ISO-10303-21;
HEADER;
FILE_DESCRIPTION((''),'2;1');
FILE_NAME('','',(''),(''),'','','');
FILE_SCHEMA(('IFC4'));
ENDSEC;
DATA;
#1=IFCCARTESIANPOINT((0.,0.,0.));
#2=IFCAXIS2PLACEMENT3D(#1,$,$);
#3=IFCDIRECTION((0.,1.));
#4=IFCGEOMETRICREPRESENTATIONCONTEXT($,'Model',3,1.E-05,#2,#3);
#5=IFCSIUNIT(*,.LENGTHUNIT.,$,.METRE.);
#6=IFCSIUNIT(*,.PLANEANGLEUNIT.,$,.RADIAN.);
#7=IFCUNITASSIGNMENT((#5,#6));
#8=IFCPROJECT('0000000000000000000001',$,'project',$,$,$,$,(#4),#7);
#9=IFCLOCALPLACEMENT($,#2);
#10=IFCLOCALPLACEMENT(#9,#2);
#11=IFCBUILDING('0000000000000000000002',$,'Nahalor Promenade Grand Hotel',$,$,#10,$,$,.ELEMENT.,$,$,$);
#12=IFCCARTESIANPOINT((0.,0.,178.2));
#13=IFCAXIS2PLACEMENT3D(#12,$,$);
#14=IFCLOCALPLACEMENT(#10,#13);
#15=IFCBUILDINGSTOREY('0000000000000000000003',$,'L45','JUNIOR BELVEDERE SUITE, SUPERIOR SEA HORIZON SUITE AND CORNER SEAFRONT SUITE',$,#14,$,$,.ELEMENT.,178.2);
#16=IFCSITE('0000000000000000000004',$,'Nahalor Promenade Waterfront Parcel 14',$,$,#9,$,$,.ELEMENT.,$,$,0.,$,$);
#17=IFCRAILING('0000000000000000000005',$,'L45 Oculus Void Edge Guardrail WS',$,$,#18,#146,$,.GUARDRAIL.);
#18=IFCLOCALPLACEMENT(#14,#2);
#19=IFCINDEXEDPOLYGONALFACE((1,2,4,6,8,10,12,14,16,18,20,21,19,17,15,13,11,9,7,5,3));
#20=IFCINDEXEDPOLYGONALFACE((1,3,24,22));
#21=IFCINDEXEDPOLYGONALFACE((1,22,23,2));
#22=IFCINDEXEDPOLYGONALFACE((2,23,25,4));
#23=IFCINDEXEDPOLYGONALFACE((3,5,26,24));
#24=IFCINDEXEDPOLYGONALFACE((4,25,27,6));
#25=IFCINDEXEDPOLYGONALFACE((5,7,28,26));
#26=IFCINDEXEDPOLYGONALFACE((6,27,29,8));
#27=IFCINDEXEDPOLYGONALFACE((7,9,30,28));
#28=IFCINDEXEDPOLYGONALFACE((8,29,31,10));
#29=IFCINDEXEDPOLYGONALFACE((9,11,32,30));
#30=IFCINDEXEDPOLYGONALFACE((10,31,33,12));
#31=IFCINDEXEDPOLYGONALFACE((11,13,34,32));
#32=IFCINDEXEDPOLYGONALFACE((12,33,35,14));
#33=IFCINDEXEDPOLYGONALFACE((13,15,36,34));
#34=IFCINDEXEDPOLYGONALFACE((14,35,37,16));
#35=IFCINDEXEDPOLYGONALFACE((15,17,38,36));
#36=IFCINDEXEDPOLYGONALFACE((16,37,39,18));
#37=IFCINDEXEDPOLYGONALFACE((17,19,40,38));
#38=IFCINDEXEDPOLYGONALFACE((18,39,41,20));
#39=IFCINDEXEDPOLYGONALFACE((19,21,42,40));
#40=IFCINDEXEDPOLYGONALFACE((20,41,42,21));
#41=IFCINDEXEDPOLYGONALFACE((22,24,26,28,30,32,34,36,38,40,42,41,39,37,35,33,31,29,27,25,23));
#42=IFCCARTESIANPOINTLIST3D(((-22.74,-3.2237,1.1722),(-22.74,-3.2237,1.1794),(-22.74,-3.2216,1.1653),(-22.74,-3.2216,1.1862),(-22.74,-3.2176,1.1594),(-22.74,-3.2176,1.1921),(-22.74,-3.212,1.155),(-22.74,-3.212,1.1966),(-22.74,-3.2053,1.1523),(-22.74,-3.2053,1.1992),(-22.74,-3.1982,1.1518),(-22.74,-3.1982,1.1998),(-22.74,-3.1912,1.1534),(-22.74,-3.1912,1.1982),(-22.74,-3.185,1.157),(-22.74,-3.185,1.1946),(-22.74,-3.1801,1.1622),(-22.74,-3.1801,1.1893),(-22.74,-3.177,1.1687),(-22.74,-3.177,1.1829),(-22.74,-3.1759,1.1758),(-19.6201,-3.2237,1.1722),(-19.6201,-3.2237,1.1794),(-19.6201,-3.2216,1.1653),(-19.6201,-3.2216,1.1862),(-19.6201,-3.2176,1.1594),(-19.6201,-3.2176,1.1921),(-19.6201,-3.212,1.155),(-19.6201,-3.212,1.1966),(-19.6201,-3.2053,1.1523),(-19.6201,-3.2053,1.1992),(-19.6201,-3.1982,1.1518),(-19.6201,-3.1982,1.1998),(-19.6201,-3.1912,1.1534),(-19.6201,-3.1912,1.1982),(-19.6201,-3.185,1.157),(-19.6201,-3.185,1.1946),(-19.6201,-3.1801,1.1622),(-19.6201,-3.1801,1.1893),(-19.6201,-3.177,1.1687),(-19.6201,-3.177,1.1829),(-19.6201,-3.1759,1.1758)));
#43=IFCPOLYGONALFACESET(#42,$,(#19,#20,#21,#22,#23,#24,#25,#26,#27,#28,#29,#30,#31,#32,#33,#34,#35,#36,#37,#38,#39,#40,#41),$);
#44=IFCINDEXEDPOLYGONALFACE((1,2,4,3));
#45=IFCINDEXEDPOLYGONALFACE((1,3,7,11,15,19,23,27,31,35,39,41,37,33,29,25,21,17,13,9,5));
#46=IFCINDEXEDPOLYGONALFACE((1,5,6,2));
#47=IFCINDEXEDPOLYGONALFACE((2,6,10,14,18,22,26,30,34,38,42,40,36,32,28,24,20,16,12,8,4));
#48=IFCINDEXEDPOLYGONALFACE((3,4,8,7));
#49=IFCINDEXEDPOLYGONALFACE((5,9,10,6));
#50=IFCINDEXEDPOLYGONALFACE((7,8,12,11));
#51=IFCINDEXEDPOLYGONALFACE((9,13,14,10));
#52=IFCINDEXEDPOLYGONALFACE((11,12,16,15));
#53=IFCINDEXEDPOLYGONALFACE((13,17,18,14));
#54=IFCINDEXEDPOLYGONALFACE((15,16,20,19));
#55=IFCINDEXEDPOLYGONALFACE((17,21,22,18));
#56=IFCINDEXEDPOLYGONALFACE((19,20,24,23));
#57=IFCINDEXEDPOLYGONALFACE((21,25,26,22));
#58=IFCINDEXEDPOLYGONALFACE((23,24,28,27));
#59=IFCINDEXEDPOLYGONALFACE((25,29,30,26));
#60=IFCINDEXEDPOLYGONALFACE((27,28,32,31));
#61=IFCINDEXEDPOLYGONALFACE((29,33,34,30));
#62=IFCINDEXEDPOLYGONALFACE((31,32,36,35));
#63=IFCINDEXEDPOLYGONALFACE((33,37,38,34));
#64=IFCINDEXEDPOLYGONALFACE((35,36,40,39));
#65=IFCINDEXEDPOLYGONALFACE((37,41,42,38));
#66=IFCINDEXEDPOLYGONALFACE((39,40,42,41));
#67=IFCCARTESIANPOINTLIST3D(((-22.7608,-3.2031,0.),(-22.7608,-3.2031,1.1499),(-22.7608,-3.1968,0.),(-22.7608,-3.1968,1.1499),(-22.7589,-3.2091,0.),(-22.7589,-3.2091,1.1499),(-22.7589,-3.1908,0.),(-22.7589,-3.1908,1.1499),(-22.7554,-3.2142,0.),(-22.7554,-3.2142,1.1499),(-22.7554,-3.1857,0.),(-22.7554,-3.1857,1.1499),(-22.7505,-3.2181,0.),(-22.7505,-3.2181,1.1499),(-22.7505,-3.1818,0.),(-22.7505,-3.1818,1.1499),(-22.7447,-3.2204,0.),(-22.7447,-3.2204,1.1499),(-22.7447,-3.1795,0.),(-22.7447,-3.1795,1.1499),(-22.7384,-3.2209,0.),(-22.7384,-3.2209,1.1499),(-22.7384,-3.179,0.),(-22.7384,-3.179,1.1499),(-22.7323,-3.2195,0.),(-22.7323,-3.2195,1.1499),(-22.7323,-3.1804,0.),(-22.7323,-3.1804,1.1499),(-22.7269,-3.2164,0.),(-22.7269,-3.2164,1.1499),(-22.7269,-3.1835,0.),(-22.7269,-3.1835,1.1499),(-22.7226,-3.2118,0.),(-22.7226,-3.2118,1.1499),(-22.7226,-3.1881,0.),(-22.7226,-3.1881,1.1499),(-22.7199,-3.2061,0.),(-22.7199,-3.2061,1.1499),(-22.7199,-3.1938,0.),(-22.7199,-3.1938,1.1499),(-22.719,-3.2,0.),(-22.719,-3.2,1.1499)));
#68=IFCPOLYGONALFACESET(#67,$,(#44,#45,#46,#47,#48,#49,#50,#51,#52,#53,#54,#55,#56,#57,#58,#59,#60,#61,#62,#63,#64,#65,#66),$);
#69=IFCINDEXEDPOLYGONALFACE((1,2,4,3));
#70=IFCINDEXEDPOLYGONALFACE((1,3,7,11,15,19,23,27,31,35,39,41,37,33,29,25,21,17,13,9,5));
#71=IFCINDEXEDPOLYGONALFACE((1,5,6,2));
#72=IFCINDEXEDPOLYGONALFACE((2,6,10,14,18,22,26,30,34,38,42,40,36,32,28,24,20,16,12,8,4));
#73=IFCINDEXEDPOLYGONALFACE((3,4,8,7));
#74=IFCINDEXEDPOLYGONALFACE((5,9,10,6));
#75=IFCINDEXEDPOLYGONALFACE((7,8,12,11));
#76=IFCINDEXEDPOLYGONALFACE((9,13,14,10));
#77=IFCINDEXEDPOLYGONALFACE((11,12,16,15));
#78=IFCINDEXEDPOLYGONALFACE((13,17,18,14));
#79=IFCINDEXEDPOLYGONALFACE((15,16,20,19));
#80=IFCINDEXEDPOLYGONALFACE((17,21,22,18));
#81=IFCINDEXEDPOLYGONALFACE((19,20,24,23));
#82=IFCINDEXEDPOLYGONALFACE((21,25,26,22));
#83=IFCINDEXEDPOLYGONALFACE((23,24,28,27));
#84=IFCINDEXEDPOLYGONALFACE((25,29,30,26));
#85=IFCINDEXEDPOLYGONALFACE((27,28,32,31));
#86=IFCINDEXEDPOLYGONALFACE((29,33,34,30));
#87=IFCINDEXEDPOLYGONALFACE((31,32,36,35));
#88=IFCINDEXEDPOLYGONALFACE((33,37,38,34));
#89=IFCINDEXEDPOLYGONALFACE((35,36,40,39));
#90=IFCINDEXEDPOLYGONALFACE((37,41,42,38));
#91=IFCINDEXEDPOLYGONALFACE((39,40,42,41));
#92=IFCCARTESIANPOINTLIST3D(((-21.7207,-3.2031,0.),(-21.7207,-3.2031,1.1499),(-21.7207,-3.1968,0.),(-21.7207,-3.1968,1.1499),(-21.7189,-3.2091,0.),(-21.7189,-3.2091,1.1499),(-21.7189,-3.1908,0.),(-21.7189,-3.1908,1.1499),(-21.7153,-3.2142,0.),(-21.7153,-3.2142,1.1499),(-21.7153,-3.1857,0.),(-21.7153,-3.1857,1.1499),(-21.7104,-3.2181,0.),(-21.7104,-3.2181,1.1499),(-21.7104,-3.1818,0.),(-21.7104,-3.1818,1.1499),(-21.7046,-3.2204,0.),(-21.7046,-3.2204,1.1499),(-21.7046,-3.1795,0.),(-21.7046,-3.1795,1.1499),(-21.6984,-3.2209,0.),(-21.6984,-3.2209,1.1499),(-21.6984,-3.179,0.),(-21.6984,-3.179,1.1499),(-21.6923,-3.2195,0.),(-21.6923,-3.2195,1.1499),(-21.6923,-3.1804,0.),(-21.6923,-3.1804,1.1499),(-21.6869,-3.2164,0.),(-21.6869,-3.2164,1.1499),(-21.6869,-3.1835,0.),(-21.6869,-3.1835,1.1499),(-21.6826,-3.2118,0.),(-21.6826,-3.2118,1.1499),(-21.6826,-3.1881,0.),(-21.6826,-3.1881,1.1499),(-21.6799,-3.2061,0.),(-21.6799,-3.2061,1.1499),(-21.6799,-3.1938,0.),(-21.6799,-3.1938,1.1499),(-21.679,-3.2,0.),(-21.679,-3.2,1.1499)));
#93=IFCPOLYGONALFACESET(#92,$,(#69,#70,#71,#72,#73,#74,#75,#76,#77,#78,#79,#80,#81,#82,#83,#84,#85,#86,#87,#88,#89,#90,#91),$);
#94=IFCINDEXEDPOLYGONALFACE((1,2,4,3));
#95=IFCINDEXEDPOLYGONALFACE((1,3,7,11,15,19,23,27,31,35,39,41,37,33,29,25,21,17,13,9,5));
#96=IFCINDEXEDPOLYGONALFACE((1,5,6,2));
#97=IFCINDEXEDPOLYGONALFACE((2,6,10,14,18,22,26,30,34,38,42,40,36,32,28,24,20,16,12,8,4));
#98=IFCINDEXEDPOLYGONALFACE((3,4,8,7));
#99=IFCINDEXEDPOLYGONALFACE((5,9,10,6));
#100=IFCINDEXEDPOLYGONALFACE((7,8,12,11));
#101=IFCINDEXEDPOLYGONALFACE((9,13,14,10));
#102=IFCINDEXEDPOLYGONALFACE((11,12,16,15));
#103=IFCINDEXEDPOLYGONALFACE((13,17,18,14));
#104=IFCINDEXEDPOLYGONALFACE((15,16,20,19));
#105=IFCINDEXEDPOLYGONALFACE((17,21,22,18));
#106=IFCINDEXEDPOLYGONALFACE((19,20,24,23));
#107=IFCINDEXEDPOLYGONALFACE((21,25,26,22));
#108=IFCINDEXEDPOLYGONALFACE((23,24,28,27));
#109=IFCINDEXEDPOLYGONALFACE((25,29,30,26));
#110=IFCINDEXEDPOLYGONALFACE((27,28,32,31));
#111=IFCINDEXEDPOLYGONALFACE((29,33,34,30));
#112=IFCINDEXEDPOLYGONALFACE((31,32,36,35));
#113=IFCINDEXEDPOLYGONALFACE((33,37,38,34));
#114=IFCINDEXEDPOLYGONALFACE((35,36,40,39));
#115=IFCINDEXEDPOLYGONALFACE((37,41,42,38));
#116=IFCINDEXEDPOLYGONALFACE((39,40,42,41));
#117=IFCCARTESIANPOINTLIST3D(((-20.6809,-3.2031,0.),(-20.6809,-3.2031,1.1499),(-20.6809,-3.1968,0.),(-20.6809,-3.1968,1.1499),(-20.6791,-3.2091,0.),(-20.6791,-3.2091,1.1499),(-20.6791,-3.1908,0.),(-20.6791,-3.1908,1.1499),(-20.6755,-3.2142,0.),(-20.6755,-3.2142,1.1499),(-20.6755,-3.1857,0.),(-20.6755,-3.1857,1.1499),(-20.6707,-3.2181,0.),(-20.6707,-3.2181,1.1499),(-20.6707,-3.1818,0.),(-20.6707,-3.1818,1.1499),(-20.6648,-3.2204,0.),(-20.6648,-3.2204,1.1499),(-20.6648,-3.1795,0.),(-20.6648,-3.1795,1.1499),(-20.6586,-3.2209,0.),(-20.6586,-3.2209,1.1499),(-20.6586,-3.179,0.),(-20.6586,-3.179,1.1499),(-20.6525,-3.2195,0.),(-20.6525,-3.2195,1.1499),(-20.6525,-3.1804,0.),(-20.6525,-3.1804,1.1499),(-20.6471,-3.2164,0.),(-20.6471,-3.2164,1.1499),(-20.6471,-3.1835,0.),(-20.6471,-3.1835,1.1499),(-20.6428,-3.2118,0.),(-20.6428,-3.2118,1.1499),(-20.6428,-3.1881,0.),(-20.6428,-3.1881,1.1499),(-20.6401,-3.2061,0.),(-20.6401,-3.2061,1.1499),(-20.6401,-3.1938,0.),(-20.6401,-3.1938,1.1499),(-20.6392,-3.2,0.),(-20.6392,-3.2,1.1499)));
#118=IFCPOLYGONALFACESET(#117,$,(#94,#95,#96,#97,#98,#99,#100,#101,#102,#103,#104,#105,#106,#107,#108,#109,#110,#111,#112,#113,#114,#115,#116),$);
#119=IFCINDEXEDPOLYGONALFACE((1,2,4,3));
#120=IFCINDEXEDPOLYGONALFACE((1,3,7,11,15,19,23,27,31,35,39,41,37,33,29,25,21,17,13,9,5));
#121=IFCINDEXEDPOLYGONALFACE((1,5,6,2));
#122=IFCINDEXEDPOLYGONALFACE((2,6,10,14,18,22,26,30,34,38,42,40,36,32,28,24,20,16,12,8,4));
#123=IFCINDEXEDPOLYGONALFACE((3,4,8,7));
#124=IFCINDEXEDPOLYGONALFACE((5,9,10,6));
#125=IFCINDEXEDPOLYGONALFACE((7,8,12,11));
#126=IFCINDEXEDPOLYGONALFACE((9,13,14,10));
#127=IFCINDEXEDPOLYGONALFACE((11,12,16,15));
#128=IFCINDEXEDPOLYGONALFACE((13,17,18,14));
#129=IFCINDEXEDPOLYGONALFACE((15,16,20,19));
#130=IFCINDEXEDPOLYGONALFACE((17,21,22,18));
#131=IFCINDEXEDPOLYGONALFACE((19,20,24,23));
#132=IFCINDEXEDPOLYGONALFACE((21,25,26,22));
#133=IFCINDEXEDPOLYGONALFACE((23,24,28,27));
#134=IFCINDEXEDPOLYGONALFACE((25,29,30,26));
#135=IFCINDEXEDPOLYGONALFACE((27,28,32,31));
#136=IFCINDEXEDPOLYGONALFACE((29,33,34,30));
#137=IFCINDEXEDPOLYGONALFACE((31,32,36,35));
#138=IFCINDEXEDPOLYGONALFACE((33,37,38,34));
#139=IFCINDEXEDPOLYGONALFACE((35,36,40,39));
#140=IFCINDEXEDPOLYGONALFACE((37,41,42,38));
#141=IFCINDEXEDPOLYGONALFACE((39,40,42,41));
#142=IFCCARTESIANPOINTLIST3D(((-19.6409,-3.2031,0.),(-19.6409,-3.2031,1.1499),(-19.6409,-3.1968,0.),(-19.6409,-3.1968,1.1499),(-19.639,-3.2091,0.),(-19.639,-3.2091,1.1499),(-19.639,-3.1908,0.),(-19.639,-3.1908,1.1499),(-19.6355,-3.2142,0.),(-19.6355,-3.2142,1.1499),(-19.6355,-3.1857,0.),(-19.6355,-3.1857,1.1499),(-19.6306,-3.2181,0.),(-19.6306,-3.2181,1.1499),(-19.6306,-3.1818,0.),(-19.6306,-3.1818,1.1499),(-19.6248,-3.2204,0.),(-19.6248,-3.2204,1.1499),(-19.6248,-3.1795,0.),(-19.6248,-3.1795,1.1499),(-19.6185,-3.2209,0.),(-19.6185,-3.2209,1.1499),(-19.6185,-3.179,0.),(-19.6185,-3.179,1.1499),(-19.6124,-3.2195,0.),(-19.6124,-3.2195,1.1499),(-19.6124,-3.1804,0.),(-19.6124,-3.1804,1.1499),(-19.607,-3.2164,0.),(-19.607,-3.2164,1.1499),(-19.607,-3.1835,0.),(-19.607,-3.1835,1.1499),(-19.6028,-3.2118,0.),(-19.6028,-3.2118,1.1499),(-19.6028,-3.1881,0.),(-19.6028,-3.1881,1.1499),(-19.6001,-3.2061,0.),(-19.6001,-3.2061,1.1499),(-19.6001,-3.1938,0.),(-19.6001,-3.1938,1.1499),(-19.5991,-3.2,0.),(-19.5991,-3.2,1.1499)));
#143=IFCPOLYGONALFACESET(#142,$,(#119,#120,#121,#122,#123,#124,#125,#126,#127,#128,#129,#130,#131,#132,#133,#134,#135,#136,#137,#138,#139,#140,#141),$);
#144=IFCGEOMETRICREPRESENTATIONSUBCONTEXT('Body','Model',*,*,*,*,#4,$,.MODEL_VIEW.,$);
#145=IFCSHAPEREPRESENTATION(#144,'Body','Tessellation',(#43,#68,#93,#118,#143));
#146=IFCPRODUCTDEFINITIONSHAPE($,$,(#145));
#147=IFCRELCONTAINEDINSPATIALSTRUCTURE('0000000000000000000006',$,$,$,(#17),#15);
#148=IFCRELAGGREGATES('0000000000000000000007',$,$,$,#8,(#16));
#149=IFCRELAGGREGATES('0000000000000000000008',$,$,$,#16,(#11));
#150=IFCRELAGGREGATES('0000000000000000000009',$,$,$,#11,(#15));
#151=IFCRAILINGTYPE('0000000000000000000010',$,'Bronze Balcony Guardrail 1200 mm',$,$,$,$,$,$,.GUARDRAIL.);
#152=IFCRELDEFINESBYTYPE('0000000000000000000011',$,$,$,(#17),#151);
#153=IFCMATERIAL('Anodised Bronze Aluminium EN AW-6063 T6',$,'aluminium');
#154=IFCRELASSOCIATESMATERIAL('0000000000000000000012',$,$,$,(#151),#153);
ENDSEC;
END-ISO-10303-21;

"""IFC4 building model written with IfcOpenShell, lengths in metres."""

from ifc_helpers import new_model, si_unit, direction, frame, origin, origin_2d, place, context, subcontext, project, spatial, circle, extrude, material, type_object, element, save


model = new_model("IFC4")

# Units and contexts
model_context = context("Model", 3, precision=1e-05, world=origin(), true_north=direction((0.0, 1.0)))
body_context = subcontext(model_context, "Body", "Model", "MODEL_VIEW")
ifc_project = project(units=[si_unit("LENGTHUNIT", "METRE"), si_unit("PLANEANGLEUNIT", "RADIAN")], contexts=[model_context])

# Site, building, storey
site_placement = place(None, origin())
site = spatial("IfcSite", under=ifc_project, at=site_placement, Name="Nahalor Promenade Waterfront Parcel 14", CompositionType="ELEMENT", RefElevation=0.0)
building_placement = place(site_placement, origin())
building = spatial("IfcBuilding", under=site, at=building_placement, Name="Nahalor Promenade Grand Hotel", CompositionType="ELEMENT")
storey_placement = place(building_placement, frame((0.0, 0.0, 178.2)))
storey = spatial("IfcBuildingStorey", under=building, at=storey_placement, Name="L45", Description="JUNIOR BELVEDERE SUITE, SUPERIOR SEA HORIZON SUITE AND CORNER SEAFRONT SUITE", CompositionType="ELEMENT", Elevation=178.2)

# Shared definitions
ifc_material_1 = material(Name="Anodised Bronze Aluminium EN AW-6063 T6", Category="aluminium")

# Railing
railing_type = type_object("IfcRailingType", Name="Bronze Balcony Guardrail 1200 mm", PredefinedType="GUARDRAIL", material=ifc_material_1)
for number, where, name in (
    (1, (-22.74, -3.2, 0.0), "L45 Oculus Void Edge Guardrail WS"),
):
    element("IfcRailing", number, at=place(storey_placement, frame(where)), inside=storey, type_object=railing_type, Name=name, PredefinedType="GUARDRAIL", context=body_context, shape_type="SweptSolid", body=[
        extrude(circle(Radius=0.024, at=origin_2d()), frame((0.0, 0.0, 1.1758), z_axis=(1.0, 0.0, 0.0), x_axis=(0.0, 1.0, 0.0)), (0.0, 0.0, 1.0), 3.1199),
        extrude(circle(Radius=0.021, at=origin_2d()), origin(), (0.0, 0.0, 1.0), 1.1499),
        extrude(circle(Radius=0.021, at=origin_2d()), frame((1.04, 0.0, 0.0)), (0.0, 0.0, 1.0), 1.1499),
        extrude(circle(Radius=0.021, at=origin_2d()), frame((2.0798, 0.0, 0.0)), (0.0, 0.0, 1.0), 1.1499),
        extrude(circle(Radius=0.021, at=origin_2d()), frame((3.1199, 0.0, 0.0)), (0.0, 0.0, 1.0), 1.1499),
    ])

save(model, "model.ifc")
